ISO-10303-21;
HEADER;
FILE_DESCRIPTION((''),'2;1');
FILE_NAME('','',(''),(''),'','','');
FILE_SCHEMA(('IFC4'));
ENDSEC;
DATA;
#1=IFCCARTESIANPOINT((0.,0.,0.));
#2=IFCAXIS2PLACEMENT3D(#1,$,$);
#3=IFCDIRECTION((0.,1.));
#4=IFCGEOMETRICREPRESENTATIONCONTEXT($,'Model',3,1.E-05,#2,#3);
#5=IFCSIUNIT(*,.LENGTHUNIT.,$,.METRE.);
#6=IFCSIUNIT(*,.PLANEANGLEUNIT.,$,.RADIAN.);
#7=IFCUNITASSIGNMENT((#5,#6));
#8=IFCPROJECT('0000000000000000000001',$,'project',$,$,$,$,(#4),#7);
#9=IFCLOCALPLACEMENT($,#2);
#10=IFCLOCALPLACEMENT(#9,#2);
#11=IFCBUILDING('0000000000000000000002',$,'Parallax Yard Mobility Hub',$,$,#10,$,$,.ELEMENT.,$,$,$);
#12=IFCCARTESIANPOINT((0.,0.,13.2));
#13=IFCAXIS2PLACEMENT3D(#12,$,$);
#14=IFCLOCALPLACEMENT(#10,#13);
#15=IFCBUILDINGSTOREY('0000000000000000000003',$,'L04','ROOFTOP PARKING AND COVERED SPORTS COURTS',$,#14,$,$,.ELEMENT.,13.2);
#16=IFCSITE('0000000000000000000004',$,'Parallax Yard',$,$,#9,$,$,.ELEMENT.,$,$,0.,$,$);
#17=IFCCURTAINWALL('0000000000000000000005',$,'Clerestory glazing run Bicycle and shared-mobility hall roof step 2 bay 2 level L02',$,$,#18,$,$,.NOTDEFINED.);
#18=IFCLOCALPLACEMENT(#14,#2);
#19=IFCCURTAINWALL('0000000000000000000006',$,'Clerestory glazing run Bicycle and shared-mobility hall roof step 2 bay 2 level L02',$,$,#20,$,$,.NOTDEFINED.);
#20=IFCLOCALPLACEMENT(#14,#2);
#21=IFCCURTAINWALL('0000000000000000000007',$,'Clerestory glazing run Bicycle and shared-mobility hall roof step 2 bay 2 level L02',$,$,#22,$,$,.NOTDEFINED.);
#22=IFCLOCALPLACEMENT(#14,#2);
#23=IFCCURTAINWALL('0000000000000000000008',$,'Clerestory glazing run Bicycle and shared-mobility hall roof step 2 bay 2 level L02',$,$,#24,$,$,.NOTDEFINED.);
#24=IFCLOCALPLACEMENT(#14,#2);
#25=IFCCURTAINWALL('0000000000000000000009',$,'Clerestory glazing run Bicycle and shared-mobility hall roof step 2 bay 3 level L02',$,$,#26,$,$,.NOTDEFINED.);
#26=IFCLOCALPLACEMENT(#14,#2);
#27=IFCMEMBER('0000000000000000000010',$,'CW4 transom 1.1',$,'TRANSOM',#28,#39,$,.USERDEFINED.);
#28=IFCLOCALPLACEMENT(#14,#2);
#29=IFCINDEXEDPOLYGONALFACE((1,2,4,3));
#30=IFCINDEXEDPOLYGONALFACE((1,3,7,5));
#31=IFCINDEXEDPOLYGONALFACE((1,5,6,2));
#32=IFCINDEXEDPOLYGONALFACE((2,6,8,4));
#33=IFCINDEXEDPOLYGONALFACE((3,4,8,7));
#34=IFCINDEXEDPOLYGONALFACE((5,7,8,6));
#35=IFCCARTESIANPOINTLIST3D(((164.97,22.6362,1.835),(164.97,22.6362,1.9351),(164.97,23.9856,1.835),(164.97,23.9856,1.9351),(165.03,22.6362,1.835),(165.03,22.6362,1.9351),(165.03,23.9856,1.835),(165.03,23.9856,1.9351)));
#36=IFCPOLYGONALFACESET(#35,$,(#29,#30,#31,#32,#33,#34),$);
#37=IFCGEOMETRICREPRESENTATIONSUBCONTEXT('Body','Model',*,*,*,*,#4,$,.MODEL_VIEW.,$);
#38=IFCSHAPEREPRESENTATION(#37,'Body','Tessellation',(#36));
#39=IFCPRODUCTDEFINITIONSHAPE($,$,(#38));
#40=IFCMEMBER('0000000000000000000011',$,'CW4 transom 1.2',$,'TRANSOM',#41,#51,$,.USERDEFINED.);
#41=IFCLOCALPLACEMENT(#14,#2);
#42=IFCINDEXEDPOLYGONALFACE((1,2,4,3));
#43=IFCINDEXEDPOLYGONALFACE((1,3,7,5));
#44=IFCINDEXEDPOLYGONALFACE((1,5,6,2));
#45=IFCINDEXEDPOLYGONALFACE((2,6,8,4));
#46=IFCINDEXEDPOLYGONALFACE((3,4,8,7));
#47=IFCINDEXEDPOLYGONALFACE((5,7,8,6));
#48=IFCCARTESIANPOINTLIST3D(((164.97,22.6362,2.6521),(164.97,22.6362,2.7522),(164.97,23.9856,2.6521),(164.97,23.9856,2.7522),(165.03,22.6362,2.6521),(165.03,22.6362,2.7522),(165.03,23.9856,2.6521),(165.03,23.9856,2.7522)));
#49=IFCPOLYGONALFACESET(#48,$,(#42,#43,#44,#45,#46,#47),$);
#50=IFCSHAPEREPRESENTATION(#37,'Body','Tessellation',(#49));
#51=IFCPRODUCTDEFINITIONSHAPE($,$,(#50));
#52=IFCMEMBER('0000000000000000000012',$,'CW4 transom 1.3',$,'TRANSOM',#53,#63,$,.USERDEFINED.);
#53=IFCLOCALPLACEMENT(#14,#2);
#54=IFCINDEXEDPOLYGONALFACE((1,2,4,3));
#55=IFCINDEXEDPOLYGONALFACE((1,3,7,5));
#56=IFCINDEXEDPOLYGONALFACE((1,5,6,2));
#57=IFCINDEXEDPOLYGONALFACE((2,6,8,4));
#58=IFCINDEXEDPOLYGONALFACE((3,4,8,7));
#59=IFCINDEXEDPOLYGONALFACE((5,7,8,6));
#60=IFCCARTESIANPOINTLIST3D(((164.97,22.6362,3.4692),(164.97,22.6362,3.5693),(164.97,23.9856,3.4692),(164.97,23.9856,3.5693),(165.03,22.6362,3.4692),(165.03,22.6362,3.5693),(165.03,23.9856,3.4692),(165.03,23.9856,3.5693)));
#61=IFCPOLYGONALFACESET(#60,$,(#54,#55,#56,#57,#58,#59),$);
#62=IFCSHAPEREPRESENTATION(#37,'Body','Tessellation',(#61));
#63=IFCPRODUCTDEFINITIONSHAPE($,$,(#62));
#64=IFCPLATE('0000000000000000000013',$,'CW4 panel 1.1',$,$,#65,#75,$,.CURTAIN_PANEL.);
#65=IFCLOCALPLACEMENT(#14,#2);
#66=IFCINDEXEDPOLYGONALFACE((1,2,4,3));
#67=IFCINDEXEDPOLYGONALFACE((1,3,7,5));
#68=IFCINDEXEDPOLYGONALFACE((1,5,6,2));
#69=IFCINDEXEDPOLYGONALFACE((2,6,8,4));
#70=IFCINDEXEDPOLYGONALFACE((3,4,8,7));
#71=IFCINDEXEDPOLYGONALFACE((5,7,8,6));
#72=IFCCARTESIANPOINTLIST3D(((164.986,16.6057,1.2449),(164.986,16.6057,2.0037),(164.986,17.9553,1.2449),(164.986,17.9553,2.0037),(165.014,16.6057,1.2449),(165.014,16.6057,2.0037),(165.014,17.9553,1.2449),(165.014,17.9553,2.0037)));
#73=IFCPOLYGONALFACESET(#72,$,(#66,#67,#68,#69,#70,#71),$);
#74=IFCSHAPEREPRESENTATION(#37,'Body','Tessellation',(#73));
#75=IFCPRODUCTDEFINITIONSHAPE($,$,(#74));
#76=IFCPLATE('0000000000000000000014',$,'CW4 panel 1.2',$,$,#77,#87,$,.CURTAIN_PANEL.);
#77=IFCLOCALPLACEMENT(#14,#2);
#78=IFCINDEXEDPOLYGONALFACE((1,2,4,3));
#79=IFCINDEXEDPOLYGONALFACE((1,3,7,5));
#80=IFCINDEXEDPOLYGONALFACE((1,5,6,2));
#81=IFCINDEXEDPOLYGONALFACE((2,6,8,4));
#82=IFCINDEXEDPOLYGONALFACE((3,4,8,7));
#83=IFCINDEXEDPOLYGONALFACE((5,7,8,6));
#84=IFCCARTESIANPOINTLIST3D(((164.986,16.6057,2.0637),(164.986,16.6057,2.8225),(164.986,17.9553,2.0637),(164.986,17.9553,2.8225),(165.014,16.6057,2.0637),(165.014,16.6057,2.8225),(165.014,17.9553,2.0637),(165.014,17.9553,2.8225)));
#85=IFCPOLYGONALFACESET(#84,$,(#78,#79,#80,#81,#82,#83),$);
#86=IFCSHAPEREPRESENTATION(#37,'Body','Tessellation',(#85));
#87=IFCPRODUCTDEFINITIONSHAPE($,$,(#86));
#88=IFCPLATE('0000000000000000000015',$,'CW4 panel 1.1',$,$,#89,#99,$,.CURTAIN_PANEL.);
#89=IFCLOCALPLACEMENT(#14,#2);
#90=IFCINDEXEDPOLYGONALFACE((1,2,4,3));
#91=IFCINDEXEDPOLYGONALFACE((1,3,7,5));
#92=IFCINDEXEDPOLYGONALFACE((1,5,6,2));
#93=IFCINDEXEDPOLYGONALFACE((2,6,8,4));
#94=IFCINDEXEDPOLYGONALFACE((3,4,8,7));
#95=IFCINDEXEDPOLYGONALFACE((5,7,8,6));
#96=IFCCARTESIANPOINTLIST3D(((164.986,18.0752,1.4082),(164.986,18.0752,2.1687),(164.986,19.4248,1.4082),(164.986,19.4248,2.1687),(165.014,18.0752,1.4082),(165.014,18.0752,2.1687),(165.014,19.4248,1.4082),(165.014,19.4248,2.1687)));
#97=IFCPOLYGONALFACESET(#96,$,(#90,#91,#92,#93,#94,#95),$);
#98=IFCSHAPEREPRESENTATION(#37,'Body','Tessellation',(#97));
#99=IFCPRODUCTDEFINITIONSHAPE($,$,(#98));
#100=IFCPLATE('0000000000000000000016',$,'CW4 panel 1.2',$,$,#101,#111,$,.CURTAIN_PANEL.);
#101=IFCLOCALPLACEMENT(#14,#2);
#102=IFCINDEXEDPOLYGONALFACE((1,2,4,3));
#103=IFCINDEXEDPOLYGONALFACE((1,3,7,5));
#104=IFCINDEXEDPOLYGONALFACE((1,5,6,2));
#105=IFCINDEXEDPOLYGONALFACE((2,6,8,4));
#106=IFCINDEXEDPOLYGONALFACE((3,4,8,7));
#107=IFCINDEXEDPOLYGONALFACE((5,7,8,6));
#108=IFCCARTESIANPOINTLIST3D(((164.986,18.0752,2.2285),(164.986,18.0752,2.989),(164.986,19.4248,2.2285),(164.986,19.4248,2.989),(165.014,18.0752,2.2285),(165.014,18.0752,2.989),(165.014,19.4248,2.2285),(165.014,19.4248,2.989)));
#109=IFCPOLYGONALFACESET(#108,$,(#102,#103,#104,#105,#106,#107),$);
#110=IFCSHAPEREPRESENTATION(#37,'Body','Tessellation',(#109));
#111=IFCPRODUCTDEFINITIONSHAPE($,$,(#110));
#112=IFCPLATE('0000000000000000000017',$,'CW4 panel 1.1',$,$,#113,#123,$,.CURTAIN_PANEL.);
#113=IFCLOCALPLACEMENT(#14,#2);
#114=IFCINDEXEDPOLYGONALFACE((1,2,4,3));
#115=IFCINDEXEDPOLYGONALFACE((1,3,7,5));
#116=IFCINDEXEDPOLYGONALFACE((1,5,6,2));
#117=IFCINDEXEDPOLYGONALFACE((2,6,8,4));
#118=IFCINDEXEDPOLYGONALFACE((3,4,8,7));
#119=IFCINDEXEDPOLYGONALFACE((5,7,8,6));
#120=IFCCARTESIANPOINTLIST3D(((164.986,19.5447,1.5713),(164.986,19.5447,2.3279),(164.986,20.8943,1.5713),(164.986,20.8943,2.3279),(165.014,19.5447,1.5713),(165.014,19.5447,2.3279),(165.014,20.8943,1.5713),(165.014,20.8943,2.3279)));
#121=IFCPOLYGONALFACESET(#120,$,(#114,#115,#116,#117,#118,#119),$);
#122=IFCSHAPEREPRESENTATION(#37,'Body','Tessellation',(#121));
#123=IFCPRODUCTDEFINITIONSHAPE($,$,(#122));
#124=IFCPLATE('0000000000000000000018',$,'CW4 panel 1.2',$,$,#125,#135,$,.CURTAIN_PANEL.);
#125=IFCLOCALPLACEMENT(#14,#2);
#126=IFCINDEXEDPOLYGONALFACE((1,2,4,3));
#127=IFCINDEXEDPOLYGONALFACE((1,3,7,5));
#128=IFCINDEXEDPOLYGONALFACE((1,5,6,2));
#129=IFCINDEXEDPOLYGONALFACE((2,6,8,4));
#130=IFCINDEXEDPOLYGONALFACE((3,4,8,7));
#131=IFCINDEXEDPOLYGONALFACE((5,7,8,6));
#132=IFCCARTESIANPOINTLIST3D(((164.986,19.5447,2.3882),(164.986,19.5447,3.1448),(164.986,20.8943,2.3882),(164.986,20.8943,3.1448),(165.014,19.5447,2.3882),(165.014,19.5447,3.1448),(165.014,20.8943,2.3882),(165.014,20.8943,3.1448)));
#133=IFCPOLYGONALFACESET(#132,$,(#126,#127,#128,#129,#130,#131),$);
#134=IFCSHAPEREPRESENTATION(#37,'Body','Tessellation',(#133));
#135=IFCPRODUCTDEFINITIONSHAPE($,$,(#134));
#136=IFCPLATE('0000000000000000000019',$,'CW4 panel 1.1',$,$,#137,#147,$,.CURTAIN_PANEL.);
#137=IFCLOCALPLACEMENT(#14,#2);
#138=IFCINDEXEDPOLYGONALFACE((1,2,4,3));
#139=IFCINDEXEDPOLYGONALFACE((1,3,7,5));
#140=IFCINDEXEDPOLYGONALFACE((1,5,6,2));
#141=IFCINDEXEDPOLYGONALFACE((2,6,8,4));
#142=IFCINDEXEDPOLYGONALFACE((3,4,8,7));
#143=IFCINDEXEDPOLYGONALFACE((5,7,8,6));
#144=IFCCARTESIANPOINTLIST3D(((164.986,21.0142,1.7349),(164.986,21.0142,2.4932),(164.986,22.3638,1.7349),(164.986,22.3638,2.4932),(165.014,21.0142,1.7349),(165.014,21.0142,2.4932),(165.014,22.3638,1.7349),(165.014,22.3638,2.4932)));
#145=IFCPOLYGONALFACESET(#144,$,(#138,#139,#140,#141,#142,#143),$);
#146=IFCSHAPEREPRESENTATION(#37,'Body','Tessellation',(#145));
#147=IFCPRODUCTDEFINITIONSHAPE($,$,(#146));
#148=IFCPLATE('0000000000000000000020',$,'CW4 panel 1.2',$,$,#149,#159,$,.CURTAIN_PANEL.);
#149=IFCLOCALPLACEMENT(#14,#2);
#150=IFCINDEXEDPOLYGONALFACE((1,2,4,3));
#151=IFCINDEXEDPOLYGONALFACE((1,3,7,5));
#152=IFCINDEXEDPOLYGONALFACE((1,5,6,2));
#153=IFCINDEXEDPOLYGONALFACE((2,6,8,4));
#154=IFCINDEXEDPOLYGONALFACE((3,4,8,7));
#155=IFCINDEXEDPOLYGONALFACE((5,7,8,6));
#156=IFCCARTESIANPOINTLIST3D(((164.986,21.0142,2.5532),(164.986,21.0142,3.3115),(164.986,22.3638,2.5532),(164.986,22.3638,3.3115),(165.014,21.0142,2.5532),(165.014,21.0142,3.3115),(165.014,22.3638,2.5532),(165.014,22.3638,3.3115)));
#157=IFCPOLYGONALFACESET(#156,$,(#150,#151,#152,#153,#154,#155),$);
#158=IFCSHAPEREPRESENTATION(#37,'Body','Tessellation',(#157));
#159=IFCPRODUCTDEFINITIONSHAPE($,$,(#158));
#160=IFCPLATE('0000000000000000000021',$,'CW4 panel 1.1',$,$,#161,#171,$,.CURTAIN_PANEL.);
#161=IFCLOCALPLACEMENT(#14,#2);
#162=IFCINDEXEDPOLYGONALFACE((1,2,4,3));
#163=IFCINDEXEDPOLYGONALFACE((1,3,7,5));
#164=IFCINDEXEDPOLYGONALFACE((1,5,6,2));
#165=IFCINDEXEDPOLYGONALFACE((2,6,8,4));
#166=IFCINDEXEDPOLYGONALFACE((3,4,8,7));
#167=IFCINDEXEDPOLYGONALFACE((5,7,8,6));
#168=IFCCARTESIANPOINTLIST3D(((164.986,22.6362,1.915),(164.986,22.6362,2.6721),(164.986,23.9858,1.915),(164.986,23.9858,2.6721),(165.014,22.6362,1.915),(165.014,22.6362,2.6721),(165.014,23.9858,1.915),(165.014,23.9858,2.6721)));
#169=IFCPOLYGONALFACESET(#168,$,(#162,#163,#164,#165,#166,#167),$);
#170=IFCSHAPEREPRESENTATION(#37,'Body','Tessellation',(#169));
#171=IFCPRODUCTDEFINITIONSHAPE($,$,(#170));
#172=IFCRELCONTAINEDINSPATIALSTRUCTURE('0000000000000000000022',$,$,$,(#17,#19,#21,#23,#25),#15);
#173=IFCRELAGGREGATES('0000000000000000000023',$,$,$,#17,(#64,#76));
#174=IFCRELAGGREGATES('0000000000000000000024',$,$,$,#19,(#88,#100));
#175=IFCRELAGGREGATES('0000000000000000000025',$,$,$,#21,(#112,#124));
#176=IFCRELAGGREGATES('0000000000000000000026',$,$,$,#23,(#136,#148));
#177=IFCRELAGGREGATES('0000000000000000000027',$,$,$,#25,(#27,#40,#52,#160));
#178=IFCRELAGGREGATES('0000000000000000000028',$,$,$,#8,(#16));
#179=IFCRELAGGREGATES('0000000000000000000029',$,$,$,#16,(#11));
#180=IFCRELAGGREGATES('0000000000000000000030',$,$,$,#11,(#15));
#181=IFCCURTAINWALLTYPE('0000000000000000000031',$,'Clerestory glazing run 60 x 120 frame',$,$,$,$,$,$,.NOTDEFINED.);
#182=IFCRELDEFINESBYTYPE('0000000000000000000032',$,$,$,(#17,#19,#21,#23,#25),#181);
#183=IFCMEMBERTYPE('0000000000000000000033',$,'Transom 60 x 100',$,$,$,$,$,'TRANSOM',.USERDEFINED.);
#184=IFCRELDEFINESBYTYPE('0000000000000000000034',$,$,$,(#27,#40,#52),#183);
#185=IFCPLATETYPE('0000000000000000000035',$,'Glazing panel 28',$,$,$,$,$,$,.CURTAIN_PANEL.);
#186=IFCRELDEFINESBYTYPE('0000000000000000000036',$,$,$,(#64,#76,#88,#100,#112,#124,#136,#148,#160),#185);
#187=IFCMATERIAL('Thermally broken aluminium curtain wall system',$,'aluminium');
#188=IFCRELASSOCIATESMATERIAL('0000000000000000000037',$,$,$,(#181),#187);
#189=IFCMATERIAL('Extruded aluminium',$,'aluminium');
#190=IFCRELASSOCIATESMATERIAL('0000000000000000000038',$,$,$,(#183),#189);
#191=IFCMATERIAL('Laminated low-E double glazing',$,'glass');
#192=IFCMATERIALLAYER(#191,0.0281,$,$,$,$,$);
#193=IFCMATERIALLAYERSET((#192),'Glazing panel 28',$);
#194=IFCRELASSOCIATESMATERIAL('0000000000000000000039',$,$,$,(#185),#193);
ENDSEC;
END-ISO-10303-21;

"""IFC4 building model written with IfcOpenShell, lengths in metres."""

from ifc_helpers import new_model, si_unit, direction, frame, origin, origin_2d, place, context, subcontext, project, spatial, rectangle, extrude, material, layer, layer_set, material_profile, profile_set, type_object, element, aggregate, save


model = new_model("IFC4")

# Units and contexts
model_context = context("Model", 3, precision=1e-05, world=origin(), true_north=direction((0.0, 1.0)))
body_context = subcontext(model_context, "Body", "Model", "MODEL_VIEW")
ifc_project = project(units=[si_unit("LENGTHUNIT", "METRE"), si_unit("PLANEANGLEUNIT", "RADIAN")], contexts=[model_context])

# Site, building, storey
site_placement = place(None, origin())
site = spatial("IfcSite", under=ifc_project, at=site_placement, Name="Parallax Yard", CompositionType="ELEMENT", RefElevation=0.0)
building_placement = place(site_placement, origin())
building = spatial("IfcBuilding", under=site, at=building_placement, Name="Parallax Yard Mobility Hub", CompositionType="ELEMENT")
storey_placement = place(building_placement, frame((0.0, 0.0, 13.2)))
storey = spatial("IfcBuildingStorey", under=building, at=storey_placement, Name="L04", Description="ROOFTOP PARKING AND COVERED SPORTS COURTS", CompositionType="ELEMENT", Elevation=13.2)

# Curtain wall
ifc_material_1 = material(Name="Thermally broken aluminium curtain wall system", Category="aluminium")
curtain_wall_type = type_object("IfcCurtainWallType", Name="Clerestory glazing run 60 x 120 frame", PredefinedType="NOTDEFINED", material=ifc_material_1)
curtain_wall_1_placement = place(storey_placement, origin())
curtain_wall_1 = element("IfcCurtainWall", 1, at=curtain_wall_1_placement, inside=storey, type_object=curtain_wall_type, Name="Clerestory glazing run Bicycle and shared-mobility hall roof step 2 bay 2 level L02", PredefinedType="NOTDEFINED")
ifc_material_2 = material(Name="Extruded aluminium", Category="aluminium")

# Curtain walls
curtain_wall_2_placement = place(storey_placement, origin())
curtain_wall_2 = element("IfcCurtainWall", 2, at=curtain_wall_2_placement, inside=storey, type_object=curtain_wall_type, Name="Clerestory glazing run Bicycle and shared-mobility hall roof step 2 bay 2 level L02", PredefinedType="NOTDEFINED")
curtain_wall_3_placement = place(storey_placement, origin())
curtain_wall_3 = element("IfcCurtainWall", 3, at=curtain_wall_3_placement, inside=storey, type_object=curtain_wall_type, Name="Clerestory glazing run Bicycle and shared-mobility hall roof step 2 bay 2 level L02", PredefinedType="NOTDEFINED")

# Curtain wall
curtain_wall_4_placement = place(storey_placement, origin())
curtain_wall_4 = element("IfcCurtainWall", 4, at=curtain_wall_4_placement, inside=storey, type_object=curtain_wall_type, Name="Clerestory glazing run Bicycle and shared-mobility hall roof step 2 bay 2 level L02", PredefinedType="NOTDEFINED")

# Shared definitions
ifc_material_profile_1 = material_profile(ifc_material_2, rectangle(XDim=0.0601, YDim=0.1001, at=origin_2d()), Name="Transom 60 x 100")
ifc_profile_set_1 = profile_set([ifc_material_profile_1], Name="Extruded aluminium")
member_type_1 = type_object("IfcMemberType", Name="Transom 60 x 100", ElementType="TRANSOM", PredefinedType="USERDEFINED", material=ifc_profile_set_1)

# Curtain wall, members
curtain_wall_5_placement = place(storey_placement, origin())
curtain_wall_5 = element("IfcCurtainWall", 5, at=curtain_wall_5_placement, inside=storey, type_object=curtain_wall_type, Name="Clerestory glazing run Bicycle and shared-mobility hall roof step 2 bay 3 level L02", PredefinedType="NOTDEFINED")
member_1_placement = place(storey_placement, frame((165.0, 22.6362, 1.885), z_axis=(0.0, 1.0, 0.0), x_axis=(-1.0, 0.0, 0.0)))
member_1 = element("IfcMember", 6, at=member_1_placement, type_object=member_type_1, Name="CW4 transom 1.1", ObjectType="TRANSOM", PredefinedType="USERDEFINED", context=body_context, shape_type="SweptSolid", body=[
    extrude(rectangle(XDim=0.0601, YDim=0.1001, at=origin_2d()), origin(), (0.0, 0.0, 1.0), 1.3494),
])
member_2_placement = place(storey_placement, frame((165.0, 22.6362, 2.7021), z_axis=(0.0, 1.0, 0.0), x_axis=(-1.0, 0.0, 0.0)))
member_2 = element("IfcMember", 7, at=member_2_placement, type_object=member_type_1, Name="CW4 transom 1.2", ObjectType="TRANSOM", PredefinedType="USERDEFINED", context=body_context, shape_type="SweptSolid", body=[
    extrude(rectangle(XDim=0.0601, YDim=0.1001, at=origin_2d()), origin(), (0.0, 0.0, 1.0), 1.3494),
])
member_3_placement = place(storey_placement, frame((165.0, 22.6362, 3.5193), z_axis=(0.0, 1.0, 0.0), x_axis=(-1.0, 0.0, 0.0)))
member_3 = element("IfcMember", 8, at=member_3_placement, type_object=member_type_1, Name="CW4 transom 1.3", ObjectType="TRANSOM", PredefinedType="USERDEFINED", context=body_context, shape_type="SweptSolid", body=[
    extrude(rectangle(XDim=0.0601, YDim=0.1001, at=origin_2d()), origin(), (0.0, 0.0, 1.0), 1.3494),
])

# Plates
ifc_material_3 = material(Name="Laminated low-E double glazing", Category="glass")
ifc_layer = layer(ifc_material_3, 0.0281)
ifc_layer_set = layer_set([ifc_layer], Name="Glazing panel 28")
plate_type = type_object("IfcPlateType", Name="Glazing panel 28", PredefinedType="CURTAIN_PANEL", material=ifc_layer_set)
plate_1_placement = place(storey_placement, frame((165.0, 17.2805, 1.2449), z_axis=(0.0, 0.0, 1.0), x_axis=(0.0, 1.0, 0.0)))
plate_1 = element("IfcPlate", 9, at=plate_1_placement, type_object=plate_type, Name="CW4 panel 1.1", PredefinedType="CURTAIN_PANEL", context=body_context, shape_type="SweptSolid", body=[
    extrude(rectangle(XDim=1.3496, YDim=0.0281, at=origin_2d()), origin(), (0.0, 0.0, 1.0), 0.7588),
])
plate_2_placement = place(storey_placement, frame((165.0, 17.2805, 2.0637), z_axis=(0.0, 0.0, 1.0), x_axis=(0.0, 1.0, 0.0)))
plate_2 = element("IfcPlate", 10, at=plate_2_placement, type_object=plate_type, Name="CW4 panel 1.2", PredefinedType="CURTAIN_PANEL", context=body_context, shape_type="SweptSolid", body=[
    extrude(rectangle(XDim=1.3496, YDim=0.0281, at=origin_2d()), origin(), (0.0, 0.0, 1.0), 0.7588),
])
aggregate(curtain_wall_1, [plate_1, plate_2])
plate_3_placement = place(storey_placement, frame((165.0, 18.75, 1.4082), z_axis=(0.0, 0.0, 1.0), x_axis=(0.0, 1.0, 0.0)))
plate_3 = element("IfcPlate", 11, at=plate_3_placement, type_object=plate_type, Name="CW4 panel 1.1", PredefinedType="CURTAIN_PANEL", context=body_context, shape_type="SweptSolid", body=[
    extrude(rectangle(XDim=1.3496, YDim=0.0281, at=origin_2d()), origin(), (0.0, 0.0, 1.0), 0.7605),
])
plate_4_placement = place(storey_placement, frame((165.0, 18.75, 2.2285), z_axis=(0.0, 0.0, 1.0), x_axis=(0.0, 1.0, 0.0)))
plate_4 = element("IfcPlate", 12, at=plate_4_placement, type_object=plate_type, Name="CW4 panel 1.2", PredefinedType="CURTAIN_PANEL", context=body_context, shape_type="SweptSolid", body=[
    extrude(rectangle(XDim=1.3496, YDim=0.0281, at=origin_2d()), origin(), (0.0, 0.0, 1.0), 0.7605),
])
aggregate(curtain_wall_2, [plate_3, plate_4])
plate_5_placement = place(storey_placement, frame((165.0, 20.2195, 1.5713), z_axis=(0.0, 0.0, 1.0), x_axis=(0.0, 1.0, 0.0)))
plate_5 = element("IfcPlate", 13, at=plate_5_placement, type_object=plate_type, Name="CW4 panel 1.1", PredefinedType="CURTAIN_PANEL", context=body_context, shape_type="SweptSolid", body=[
    extrude(rectangle(XDim=1.3496, YDim=0.0281, at=origin_2d()), origin(), (0.0, 0.0, 1.0), 0.7566),
])
plate_6_placement = place(storey_placement, frame((165.0, 20.2195, 2.3882), z_axis=(0.0, 0.0, 1.0), x_axis=(0.0, 1.0, 0.0)))
plate_6 = element("IfcPlate", 14, at=plate_6_placement, type_object=plate_type, Name="CW4 panel 1.2", PredefinedType="CURTAIN_PANEL", context=body_context, shape_type="SweptSolid", body=[
    extrude(rectangle(XDim=1.3496, YDim=0.0281, at=origin_2d()), origin(), (0.0, 0.0, 1.0), 0.7566),
])
aggregate(curtain_wall_3, [plate_5, plate_6])
plate_7_placement = place(storey_placement, frame((165.0, 21.689, 1.7349), z_axis=(0.0, 0.0, 1.0), x_axis=(0.0, 1.0, 0.0)))
plate_7 = element("IfcPlate", 15, at=plate_7_placement, type_object=plate_type, Name="CW4 panel 1.1", PredefinedType="CURTAIN_PANEL", context=body_context, shape_type="SweptSolid", body=[
    extrude(rectangle(XDim=1.3496, YDim=0.0281, at=origin_2d()), origin(), (0.0, 0.0, 1.0), 0.7583),
])
plate_8_placement = place(storey_placement, frame((165.0, 21.689, 2.5532), z_axis=(0.0, 0.0, 1.0), x_axis=(0.0, 1.0, 0.0)))
plate_8 = element("IfcPlate", 16, at=plate_8_placement, type_object=plate_type, Name="CW4 panel 1.2", PredefinedType="CURTAIN_PANEL", context=body_context, shape_type="SweptSolid", body=[
    extrude(rectangle(XDim=1.3496, YDim=0.0281, at=origin_2d()), origin(), (0.0, 0.0, 1.0), 0.7583),
])
aggregate(curtain_wall_4, [plate_7, plate_8])
plate_9_placement = place(storey_placement, frame((165.0, 23.311, 1.915), z_axis=(0.0, 0.0, 1.0), x_axis=(0.0, 1.0, 0.0)))
plate_9 = element("IfcPlate", 17, at=plate_9_placement, type_object=plate_type, Name="CW4 panel 1.1", PredefinedType="CURTAIN_PANEL", context=body_context, shape_type="SweptSolid", body=[
    extrude(rectangle(XDim=1.3496, YDim=0.0281, at=origin_2d()), origin(), (0.0, 0.0, 1.0), 0.7571),
])
aggregate(curtain_wall_5, [member_1, member_2, member_3, plate_9])

save(model, "model.ifc")
